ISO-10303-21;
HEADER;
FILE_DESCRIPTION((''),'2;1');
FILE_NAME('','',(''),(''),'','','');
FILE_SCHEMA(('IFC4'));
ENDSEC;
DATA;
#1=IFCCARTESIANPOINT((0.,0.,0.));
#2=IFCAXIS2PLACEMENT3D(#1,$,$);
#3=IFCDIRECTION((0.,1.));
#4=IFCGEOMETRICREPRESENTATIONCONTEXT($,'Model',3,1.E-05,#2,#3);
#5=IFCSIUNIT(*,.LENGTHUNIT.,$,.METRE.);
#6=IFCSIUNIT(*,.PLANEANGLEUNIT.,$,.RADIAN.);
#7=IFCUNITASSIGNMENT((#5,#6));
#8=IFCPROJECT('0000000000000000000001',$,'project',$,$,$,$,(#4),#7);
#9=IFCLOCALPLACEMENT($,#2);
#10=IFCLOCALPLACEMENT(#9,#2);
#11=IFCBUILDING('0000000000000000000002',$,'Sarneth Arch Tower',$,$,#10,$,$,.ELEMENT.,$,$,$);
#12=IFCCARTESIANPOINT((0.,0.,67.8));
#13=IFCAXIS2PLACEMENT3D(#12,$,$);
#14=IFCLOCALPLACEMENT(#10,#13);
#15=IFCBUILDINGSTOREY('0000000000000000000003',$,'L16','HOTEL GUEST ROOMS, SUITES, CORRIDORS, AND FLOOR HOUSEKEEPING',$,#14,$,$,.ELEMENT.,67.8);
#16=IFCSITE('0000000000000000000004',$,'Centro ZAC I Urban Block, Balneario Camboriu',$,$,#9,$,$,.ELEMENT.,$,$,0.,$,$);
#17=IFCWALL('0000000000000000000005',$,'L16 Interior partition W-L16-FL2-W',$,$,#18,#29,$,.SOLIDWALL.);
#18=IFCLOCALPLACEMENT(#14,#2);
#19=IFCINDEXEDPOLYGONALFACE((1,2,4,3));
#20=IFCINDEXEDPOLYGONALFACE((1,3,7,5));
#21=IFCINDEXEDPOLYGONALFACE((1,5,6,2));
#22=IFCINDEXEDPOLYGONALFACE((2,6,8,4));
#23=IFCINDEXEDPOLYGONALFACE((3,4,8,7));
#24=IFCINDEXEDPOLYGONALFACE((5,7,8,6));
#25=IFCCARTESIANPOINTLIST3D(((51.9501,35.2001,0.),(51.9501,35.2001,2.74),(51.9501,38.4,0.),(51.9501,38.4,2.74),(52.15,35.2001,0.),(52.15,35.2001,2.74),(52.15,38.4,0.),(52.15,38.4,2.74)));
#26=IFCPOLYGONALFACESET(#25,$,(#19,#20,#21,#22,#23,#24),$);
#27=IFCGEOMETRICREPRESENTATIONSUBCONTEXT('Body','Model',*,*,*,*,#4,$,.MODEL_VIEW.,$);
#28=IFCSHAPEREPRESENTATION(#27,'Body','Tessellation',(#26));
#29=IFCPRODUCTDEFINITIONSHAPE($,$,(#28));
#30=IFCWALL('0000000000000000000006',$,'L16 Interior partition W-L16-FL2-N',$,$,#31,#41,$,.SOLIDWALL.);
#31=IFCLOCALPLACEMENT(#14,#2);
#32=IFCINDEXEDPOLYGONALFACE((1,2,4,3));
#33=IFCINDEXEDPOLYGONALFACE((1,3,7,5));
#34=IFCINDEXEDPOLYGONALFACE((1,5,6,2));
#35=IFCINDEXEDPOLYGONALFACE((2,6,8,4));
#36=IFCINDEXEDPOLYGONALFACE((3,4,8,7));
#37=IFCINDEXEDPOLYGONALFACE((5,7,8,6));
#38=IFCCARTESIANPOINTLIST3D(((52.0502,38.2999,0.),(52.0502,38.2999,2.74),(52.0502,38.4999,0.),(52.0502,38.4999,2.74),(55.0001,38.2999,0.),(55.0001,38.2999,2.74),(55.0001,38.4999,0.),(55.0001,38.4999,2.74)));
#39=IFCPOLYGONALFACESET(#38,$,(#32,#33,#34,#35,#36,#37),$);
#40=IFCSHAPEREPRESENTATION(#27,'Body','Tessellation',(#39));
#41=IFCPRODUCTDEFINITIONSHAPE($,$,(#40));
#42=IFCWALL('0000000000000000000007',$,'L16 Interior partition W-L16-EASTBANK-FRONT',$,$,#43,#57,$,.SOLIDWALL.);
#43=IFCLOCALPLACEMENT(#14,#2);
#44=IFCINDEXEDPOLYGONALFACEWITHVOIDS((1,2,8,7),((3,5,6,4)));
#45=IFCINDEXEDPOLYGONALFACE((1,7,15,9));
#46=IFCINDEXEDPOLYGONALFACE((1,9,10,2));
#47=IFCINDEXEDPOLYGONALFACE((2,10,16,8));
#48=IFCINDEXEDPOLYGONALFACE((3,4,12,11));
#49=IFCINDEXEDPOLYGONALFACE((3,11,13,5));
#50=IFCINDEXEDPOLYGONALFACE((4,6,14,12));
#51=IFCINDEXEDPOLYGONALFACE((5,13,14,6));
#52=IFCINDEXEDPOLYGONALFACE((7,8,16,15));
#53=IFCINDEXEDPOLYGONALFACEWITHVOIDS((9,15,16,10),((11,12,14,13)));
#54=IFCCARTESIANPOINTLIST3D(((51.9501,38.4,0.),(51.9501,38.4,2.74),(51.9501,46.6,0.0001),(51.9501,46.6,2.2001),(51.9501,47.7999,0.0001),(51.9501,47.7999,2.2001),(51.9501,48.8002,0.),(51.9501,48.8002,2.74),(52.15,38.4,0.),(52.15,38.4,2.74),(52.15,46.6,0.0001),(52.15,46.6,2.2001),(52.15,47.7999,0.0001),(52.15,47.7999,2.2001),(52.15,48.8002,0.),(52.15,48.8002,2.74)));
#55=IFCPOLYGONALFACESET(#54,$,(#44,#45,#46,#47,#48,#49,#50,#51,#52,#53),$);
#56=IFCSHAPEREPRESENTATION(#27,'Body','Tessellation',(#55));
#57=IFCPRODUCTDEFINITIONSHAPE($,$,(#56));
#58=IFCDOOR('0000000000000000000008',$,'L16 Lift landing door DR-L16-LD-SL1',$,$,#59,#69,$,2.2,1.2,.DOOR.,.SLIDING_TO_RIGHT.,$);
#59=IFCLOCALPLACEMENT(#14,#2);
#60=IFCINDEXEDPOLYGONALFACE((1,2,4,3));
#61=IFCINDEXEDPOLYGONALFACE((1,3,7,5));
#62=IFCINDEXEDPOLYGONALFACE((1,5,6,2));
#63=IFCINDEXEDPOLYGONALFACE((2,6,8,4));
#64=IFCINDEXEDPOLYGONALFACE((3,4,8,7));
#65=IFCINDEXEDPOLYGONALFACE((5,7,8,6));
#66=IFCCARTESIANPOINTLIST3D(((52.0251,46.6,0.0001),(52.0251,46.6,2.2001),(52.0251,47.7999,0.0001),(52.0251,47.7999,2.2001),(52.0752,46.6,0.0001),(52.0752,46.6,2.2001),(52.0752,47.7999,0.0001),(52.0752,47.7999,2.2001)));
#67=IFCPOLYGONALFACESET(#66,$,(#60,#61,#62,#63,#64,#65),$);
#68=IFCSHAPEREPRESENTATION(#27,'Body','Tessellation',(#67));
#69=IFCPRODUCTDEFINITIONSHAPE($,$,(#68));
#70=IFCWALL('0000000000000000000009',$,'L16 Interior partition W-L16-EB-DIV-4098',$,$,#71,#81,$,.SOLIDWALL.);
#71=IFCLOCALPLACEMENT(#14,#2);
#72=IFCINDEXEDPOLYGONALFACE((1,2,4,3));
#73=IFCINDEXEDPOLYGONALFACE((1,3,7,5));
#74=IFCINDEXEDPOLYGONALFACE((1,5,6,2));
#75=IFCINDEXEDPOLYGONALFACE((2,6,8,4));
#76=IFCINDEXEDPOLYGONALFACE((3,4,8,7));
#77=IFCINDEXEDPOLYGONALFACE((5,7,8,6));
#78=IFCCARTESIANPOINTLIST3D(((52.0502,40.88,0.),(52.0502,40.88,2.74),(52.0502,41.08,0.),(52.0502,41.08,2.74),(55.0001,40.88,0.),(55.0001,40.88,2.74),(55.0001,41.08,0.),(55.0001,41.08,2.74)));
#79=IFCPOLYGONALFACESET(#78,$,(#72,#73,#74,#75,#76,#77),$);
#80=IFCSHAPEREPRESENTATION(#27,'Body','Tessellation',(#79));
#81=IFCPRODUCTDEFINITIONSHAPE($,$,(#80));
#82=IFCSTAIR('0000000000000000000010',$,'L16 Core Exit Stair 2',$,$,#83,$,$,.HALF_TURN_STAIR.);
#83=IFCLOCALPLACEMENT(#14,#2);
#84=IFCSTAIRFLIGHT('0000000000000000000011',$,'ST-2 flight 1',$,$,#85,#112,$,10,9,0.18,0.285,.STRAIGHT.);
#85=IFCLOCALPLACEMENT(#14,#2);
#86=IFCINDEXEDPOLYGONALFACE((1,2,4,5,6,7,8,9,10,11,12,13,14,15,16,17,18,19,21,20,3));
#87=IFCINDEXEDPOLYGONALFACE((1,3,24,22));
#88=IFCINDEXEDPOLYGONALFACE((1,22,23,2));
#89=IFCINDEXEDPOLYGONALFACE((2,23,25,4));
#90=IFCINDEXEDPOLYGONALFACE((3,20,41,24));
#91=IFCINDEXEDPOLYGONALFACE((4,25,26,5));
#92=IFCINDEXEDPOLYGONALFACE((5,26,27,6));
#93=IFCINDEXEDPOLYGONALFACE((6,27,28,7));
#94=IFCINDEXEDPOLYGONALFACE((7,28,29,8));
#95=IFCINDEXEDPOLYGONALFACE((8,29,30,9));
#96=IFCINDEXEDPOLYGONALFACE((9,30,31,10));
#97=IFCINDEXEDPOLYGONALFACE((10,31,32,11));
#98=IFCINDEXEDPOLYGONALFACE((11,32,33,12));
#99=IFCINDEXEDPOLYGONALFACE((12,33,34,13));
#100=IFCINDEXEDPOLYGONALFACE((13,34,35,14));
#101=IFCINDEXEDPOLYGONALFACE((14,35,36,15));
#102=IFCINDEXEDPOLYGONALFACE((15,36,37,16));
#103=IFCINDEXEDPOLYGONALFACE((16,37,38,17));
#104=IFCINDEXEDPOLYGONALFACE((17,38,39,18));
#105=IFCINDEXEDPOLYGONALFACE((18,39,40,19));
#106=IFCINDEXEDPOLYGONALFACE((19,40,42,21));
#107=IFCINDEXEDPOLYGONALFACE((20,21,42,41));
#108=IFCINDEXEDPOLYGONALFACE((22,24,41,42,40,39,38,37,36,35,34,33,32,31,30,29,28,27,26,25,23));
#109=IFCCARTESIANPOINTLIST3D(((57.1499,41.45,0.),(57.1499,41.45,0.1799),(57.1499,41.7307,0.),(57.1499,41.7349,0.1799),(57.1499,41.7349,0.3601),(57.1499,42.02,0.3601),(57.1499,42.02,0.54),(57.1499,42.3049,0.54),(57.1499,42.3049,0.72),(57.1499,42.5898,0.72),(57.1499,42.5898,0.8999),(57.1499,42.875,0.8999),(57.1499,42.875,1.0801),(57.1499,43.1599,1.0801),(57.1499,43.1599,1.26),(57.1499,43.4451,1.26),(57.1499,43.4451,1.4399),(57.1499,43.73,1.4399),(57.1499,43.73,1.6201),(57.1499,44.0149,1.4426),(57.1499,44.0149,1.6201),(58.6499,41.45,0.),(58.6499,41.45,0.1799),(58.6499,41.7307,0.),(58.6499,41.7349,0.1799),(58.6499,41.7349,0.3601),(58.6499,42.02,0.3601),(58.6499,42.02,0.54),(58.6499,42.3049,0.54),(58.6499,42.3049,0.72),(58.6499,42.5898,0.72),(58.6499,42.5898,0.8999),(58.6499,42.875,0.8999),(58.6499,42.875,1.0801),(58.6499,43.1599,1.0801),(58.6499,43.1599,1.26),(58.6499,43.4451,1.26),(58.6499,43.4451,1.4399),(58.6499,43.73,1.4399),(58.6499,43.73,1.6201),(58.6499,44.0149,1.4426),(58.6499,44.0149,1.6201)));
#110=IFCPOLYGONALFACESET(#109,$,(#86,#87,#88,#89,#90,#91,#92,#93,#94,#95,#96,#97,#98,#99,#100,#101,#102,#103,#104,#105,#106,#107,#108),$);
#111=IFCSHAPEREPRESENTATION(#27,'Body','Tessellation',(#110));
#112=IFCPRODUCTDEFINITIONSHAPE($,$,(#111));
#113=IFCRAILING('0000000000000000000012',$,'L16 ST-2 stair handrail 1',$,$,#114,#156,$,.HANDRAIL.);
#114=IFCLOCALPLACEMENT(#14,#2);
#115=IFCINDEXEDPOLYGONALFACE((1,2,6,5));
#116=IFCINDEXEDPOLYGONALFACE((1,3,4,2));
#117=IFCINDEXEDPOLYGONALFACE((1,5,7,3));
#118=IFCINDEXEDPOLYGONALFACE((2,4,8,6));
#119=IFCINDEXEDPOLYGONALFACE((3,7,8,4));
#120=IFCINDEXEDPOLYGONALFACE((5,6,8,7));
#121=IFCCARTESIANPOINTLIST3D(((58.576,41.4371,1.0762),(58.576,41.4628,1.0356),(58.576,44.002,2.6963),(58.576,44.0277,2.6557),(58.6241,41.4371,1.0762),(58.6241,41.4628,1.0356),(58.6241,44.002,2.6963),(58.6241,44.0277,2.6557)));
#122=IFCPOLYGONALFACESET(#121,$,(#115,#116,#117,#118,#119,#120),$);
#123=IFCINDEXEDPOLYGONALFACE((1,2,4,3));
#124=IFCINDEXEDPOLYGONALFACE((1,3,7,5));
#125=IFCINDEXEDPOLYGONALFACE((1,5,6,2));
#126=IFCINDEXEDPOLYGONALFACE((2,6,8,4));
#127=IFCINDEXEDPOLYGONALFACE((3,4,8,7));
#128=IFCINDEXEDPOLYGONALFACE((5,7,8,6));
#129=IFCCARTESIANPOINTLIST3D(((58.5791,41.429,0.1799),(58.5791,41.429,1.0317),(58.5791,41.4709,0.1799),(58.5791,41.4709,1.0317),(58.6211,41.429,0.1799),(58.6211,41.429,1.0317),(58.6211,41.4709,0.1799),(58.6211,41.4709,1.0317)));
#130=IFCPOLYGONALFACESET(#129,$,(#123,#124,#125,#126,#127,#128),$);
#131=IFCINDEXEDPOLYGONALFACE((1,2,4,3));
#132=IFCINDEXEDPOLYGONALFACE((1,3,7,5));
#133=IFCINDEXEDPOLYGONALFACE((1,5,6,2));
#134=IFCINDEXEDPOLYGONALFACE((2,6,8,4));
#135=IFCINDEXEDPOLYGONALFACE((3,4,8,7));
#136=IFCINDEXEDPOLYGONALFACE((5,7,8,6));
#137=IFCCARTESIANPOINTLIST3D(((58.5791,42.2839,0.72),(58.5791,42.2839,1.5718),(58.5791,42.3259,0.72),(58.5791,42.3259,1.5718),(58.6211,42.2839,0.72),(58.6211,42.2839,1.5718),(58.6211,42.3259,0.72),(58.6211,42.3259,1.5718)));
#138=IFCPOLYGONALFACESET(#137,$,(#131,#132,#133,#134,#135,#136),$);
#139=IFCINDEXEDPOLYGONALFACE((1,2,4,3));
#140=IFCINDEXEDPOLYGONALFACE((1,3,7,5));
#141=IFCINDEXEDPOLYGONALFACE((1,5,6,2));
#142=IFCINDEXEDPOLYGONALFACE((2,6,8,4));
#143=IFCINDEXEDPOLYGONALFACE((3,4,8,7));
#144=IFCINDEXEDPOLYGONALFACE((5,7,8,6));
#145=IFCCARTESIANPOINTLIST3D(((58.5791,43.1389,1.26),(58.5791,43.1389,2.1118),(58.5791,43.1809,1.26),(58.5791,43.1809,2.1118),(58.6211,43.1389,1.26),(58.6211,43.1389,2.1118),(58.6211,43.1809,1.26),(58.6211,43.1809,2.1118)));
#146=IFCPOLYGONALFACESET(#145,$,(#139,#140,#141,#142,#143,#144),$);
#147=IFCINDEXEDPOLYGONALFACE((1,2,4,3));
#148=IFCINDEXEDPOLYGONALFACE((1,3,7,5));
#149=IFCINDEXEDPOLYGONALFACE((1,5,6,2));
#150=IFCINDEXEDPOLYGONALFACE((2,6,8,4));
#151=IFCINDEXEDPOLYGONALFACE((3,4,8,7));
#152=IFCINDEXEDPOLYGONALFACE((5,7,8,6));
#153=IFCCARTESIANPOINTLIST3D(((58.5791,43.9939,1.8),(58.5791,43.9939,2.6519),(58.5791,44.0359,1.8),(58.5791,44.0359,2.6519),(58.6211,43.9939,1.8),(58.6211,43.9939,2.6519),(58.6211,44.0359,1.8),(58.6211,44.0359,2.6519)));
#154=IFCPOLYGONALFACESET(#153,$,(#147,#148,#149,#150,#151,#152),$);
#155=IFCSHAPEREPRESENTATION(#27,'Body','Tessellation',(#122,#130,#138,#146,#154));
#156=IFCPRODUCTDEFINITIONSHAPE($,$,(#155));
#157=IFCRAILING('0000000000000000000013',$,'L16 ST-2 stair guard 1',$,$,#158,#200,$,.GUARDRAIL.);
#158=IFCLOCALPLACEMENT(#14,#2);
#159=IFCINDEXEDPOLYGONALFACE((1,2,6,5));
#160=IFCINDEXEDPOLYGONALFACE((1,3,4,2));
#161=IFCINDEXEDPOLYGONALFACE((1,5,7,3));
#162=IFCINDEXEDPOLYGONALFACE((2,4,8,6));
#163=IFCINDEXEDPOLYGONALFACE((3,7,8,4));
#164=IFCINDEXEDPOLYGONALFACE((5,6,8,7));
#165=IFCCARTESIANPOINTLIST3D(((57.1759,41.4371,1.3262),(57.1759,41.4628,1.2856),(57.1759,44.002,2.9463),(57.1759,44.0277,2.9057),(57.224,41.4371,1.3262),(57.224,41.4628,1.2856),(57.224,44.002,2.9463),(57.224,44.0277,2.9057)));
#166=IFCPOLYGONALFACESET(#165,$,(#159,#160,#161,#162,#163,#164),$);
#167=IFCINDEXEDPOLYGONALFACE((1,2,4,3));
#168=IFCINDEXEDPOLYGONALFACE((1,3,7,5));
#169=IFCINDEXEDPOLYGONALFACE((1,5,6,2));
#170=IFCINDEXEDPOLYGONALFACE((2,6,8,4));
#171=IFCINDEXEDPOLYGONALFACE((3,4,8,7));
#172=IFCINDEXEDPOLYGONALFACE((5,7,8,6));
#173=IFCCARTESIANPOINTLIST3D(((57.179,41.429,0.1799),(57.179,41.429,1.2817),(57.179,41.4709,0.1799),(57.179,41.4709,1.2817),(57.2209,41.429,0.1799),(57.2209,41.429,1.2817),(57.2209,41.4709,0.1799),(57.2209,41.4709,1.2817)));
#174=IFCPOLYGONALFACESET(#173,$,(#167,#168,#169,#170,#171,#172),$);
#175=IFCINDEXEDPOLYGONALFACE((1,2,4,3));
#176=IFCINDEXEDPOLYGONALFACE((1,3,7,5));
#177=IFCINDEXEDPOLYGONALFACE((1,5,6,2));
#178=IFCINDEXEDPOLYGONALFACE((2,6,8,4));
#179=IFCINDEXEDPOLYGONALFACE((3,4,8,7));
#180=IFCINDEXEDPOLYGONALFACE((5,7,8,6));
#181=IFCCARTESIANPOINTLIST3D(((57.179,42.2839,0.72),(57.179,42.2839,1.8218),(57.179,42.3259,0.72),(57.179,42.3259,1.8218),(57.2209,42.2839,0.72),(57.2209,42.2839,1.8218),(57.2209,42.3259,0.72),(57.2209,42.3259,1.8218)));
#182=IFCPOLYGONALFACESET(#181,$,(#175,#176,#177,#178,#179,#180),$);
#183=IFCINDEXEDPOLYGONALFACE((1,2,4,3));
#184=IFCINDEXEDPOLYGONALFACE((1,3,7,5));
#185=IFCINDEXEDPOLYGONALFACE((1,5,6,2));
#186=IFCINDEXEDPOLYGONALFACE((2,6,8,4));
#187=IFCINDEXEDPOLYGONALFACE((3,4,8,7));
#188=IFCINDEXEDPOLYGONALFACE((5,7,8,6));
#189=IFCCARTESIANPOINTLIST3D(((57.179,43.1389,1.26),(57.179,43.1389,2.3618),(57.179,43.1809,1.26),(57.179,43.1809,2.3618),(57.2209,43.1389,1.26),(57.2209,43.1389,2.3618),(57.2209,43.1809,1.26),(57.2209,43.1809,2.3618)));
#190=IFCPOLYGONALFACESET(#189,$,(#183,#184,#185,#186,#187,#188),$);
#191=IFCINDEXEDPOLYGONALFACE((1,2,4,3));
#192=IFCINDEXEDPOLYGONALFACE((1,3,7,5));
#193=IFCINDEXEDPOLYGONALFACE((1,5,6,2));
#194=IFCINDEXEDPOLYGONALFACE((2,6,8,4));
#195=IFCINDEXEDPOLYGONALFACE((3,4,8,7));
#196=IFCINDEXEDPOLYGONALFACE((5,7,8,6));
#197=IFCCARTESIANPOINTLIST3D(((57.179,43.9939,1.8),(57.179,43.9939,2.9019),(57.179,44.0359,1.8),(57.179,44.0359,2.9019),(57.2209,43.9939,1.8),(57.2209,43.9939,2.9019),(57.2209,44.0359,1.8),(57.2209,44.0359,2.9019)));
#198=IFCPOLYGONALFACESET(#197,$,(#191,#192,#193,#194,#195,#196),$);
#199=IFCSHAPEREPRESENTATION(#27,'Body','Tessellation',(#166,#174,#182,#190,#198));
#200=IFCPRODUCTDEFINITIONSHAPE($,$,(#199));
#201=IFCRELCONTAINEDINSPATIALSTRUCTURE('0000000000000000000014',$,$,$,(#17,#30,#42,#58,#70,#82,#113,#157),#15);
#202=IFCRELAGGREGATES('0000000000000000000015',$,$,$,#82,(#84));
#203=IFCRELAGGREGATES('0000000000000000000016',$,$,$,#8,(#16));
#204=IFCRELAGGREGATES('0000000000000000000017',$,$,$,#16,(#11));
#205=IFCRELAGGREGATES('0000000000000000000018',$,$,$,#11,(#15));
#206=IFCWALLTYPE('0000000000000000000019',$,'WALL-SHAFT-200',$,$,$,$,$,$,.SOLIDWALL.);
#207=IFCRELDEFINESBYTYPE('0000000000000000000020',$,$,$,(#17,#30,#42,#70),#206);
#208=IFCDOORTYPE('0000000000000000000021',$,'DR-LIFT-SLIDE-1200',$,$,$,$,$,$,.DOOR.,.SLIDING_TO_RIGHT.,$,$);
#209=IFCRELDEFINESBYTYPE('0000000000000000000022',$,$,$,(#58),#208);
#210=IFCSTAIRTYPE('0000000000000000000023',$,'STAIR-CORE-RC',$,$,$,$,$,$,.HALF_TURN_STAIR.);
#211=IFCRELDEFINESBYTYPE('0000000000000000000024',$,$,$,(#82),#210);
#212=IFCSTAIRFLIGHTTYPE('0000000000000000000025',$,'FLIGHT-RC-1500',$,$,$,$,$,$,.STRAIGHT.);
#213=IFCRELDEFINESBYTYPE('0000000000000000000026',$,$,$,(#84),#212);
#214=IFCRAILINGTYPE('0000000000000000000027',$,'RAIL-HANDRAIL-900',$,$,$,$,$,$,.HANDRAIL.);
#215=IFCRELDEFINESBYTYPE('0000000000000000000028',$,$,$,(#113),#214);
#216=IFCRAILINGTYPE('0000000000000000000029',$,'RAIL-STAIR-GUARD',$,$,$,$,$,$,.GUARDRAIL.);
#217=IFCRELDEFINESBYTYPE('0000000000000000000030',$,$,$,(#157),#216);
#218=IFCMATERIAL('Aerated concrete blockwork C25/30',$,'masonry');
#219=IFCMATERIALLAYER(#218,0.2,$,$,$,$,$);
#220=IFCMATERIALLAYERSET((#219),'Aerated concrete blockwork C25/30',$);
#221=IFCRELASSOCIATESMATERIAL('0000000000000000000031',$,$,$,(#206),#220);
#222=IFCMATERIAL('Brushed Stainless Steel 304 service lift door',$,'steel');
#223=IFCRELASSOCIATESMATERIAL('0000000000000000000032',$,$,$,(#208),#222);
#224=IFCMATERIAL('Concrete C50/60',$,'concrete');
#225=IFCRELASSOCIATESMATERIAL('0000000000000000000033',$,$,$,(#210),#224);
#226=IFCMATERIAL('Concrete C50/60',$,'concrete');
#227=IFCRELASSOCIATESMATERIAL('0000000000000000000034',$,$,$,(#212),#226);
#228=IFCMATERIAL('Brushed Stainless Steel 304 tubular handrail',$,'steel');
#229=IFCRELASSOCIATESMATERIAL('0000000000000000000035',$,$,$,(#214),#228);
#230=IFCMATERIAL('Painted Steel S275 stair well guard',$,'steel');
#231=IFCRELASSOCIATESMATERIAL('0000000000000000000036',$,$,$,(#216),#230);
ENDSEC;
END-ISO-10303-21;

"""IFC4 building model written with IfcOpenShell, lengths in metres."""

from ifc_helpers import new_model, si_unit, direction, frame, frame_2d, origin, origin_2d, place, context, subcontext, project, spatial, polyline, rectangle, outline, extrude, material, layer, layer_set, type_object, element, fill, aggregate, save


model = new_model("IFC4")

# Units and contexts
model_context = context("Model", 3, precision=1e-05, world=origin(), true_north=direction((0.0, 1.0)))
body_context = subcontext(model_context, "Body", "Model", "MODEL_VIEW")
ifc_project = project(units=[si_unit("LENGTHUNIT", "METRE"), si_unit("PLANEANGLEUNIT", "RADIAN")], contexts=[model_context])

# Site, building, storey
site_placement = place(None, origin())
site = spatial("IfcSite", under=ifc_project, at=site_placement, Name="Centro ZAC I Urban Block, Balneario Camboriu", CompositionType="ELEMENT", RefElevation=0.0)
building_placement = place(site_placement, origin())
building = spatial("IfcBuilding", under=site, at=building_placement, Name="Sarneth Arch Tower", CompositionType="ELEMENT")
storey_placement = place(building_placement, frame((0.0, 0.0, 67.8)))
storey = spatial("IfcBuildingStorey", under=building, at=storey_placement, Name="L16", Description="HOTEL GUEST ROOMS, SUITES, CORRIDORS, AND FLOOR HOUSEKEEPING", CompositionType="ELEMENT", Elevation=67.8)

# Shared definitions
ifc_material_1 = material(Name="Aerated concrete blockwork C25/30", Category="masonry")
ifc_layer_1 = layer(ifc_material_1, 0.2)
ifc_layer_set_1 = layer_set([ifc_layer_1], Name="Aerated concrete blockwork C25/30")
wall_type_1 = type_object("IfcWallType", Name="WALL-SHAFT-200", PredefinedType="SOLIDWALL", material=ifc_layer_set_1)

# Walls
wall_1_placement = place(storey_placement, frame((52.05, 35.2, 0.0), z_axis=(0.0, 0.0, 1.0), x_axis=(0.0, 1.0, 0.0)))
element("IfcWall", 1, at=wall_1_placement, inside=storey, type_object=wall_type_1, Name="L16 Interior partition W-L16-FL2-W", PredefinedType="SOLIDWALL", context=body_context, shape_type="SweptSolid", body=[
    extrude(rectangle(XDim=3.2, YDim=0.2, at=frame_2d((1.6001, 0.0))), origin(), (0.0, 0.0, 1.0), 2.74),
])
wall_2_placement = place(storey_placement, frame((52.05, 38.3999, 0.0), z_axis=(0.0, 0.0, 1.0), x_axis=(1.0, 0.0, 0.0)))
element("IfcWall", 2, at=wall_2_placement, inside=storey, type_object=wall_type_1, Name="L16 Interior partition W-L16-FL2-N", PredefinedType="SOLIDWALL", context=body_context, shape_type="SweptSolid", body=[
    extrude(rectangle(XDim=2.95, YDim=0.2, at=frame_2d((1.4751, 0.0))), origin(), (0.0, 0.0, 1.0), 2.74),
])

# Wall, opening, door
wall_3_placement = place(storey_placement, frame((52.05, 38.3999, 0.0), z_axis=(0.0, 0.0, 1.0), x_axis=(0.0, 1.0, 0.0)))
wall_3 = element("IfcWall", 3, at=wall_3_placement, inside=storey, type_object=wall_type_1, Name="L16 Interior partition W-L16-EASTBANK-FRONT", PredefinedType="SOLIDWALL", context=body_context, shape_type="SweptSolid", body=[
    extrude(rectangle(XDim=10.4001, YDim=0.2, at=frame_2d((5.2002, 0.0))), origin(), (0.0, 0.0, 1.0), 2.74),
])
opening_1_placement = place(wall_3_placement, frame((8.2, 0.0, 0.0)))
opening_1 = element("IfcOpeningElement", 4, at=opening_1_placement, cuts=wall_3, PredefinedType="OPENING", context=body_context, shape_type="SweptSolid", body=[
    extrude(rectangle(XDim=1.2, YDim=2.2, at=frame_2d((0.6001, 1.1001))), frame((0.0, 0.1099, 0.0), z_axis=(0.0, -1.0, 0.0), x_axis=(1.0, 0.0, 0.0)), (0.0, 0.0, 1.0), 0.22),
])
ifc_material_2 = material(Name="Brushed Stainless Steel 304 service lift door", Category="steel")
door_type_1 = type_object("IfcDoorType", Name="DR-LIFT-SLIDE-1200", OperationType="SLIDING_TO_RIGHT", PredefinedType="DOOR", material=ifc_material_2)
door_1_placement = place(opening_1_placement, origin())
door_1 = element("IfcDoor", 5, at=door_1_placement, inside=storey, type_object=door_type_1, Name="L16 Lift landing door DR-L16-LD-SL1", OperationType="SLIDING_TO_RIGHT", OverallHeight=2.2, OverallWidth=1.2, PredefinedType="DOOR", context=body_context, shape_type="SweptSolid", body=[
    extrude(rectangle(XDim=1.2, YDim=2.2, at=frame_2d((0.6001, 1.1001))), frame((0.0, 0.0249, 0.0), z_axis=(0.0, -1.0, 0.0), x_axis=(1.0, 0.0, 0.0)), (0.0, 0.0, 1.0), 0.05),
])
fill(opening_1, door_1)

# Wall
wall_4_placement = place(storey_placement, frame((52.05, 40.98, 0.0), z_axis=(0.0, 0.0, 1.0), x_axis=(1.0, 0.0, 0.0)))
element("IfcWall", 6, at=wall_4_placement, inside=storey, type_object=wall_type_1, Name="L16 Interior partition W-L16-EB-DIV-4098", PredefinedType="SOLIDWALL", context=body_context, shape_type="SweptSolid", body=[
    extrude(rectangle(XDim=2.95, YDim=0.2, at=frame_2d((1.4751, 0.0))), origin(), (0.0, 0.0, 1.0), 2.74),
])

# Stair, stair flight
ifc_material_3 = material(Name="Concrete C50/60", Category="concrete")
stair_type = type_object("IfcStairType", Name="STAIR-CORE-RC", PredefinedType="HALF_TURN_STAIR", material=ifc_material_3)
stair_placement = place(storey_placement, origin())
stair = element("IfcStair", 7, at=stair_placement, inside=storey, type_object=stair_type, Name="L16 Core Exit Stair 2", PredefinedType="HALF_TURN_STAIR")
ifc_material_4 = material(Name="Concrete C50/60", Category="concrete")
stair_flight_type = type_object("IfcStairFlightType", Name="FLIGHT-RC-1500", PredefinedType="STRAIGHT", material=ifc_material_4)
stair_flight_placement = place(storey_placement, frame((57.8999, 41.45, 0.0), z_axis=(0.0, 0.0, 1.0), x_axis=(0.0, 1.0, 0.0)))
stair_flight = element("IfcStairFlight", 8, at=stair_flight_placement, type_object=stair_flight_type, Name="ST-2 flight 1", NumberOfRisers=10, NumberOfTreads=9, PredefinedType="STRAIGHT", RiserHeight=0.18, TreadLength=0.285, context=body_context, shape_type="SweptSolid", body=[
    extrude(outline(polyline([(0.0, 0.0), (0.0, 0.1799), (0.2849, 0.1799), (0.2849, 0.3601), (0.5701, 0.3601), (0.5701, 0.54), (0.855, 0.54), (0.855, 0.72), (1.1399, 0.72), (1.1399, 0.8999), (1.425, 0.8999), (1.425, 1.0801), (1.71, 1.0801), (1.71, 1.26), (1.9951, 1.26), (1.9951, 1.4399), (2.28, 1.4399), (2.28, 1.6201), (2.5649, 1.6201), (2.5649, 1.8), (2.5649, 1.4426), (0.2808, 0.0), (0.0, 0.0)])), frame((0.0, 0.75, 0.0), z_axis=(0.0, -1.0, 0.0), x_axis=(1.0, 0.0, 0.0)), (0.0, 0.0, 1.0), 1.5),
])
aggregate(stair, [stair_flight])

# Railings
ifc_material_5 = material(Name="Brushed Stainless Steel 304 tubular handrail", Category="steel")
railing_type_1 = type_object("IfcRailingType", Name="RAIL-HANDRAIL-900", PredefinedType="HANDRAIL", material=ifc_material_5)
railing_1_placement = place(storey_placement, frame((58.6001, 41.45, 0.1799)))
element("IfcRailing", 9, at=railing_1_placement, inside=storey, type_object=railing_type_1, Name="L16 ST-2 stair handrail 1", PredefinedType="HANDRAIL", context=body_context, shape_type="SweptSolid", body=[
    extrude(rectangle(XDim=0.0481, YDim=0.0481, at=origin_2d()), frame((0.0, 0.0, 0.876), z_axis=(0.0, 0.845466, 0.534029), x_axis=(-1.0, 0.0, 0.0)), (0.0, 0.0, 1.0), 3.0337),
    extrude(rectangle(XDim=0.042, YDim=0.042, at=origin_2d()), origin(), (0.0, 0.0, 1.0), 0.8518),
    extrude(rectangle(XDim=0.042, YDim=0.042, at=origin_2d()), frame((0.0, 0.855, 0.54)), (0.0, 0.0, 1.0), 0.8518),
    extrude(rectangle(XDim=0.042, YDim=0.042, at=origin_2d()), frame((0.0, 1.71, 1.0801)), (0.0, 0.0, 1.0), 0.8518),
    extrude(rectangle(XDim=0.042, YDim=0.042, at=origin_2d()), frame((0.0, 2.5649, 1.6201)), (0.0, 0.0, 1.0), 0.8518),
])
ifc_material_6 = material(Name="Painted Steel S275 stair well guard", Category="steel")
railing_type_2 = type_object("IfcRailingType", Name="RAIL-STAIR-GUARD", PredefinedType="GUARDRAIL", material=ifc_material_6)
railing_2_placement = place(storey_placement, frame((57.2, 41.45, 0.1799)))
element("IfcRailing", 10, at=railing_2_placement, inside=storey, type_object=railing_type_2, Name="L16 ST-2 stair guard 1", PredefinedType="GUARDRAIL", context=body_context, shape_type="SweptSolid", body=[
    extrude(rectangle(XDim=0.0481, YDim=0.0481, at=origin_2d()), frame((0.0, 0.0, 1.126), z_axis=(0.0, 0.845466, 0.534029), x_axis=(-1.0, 0.0, 0.0)), (0.0, 0.0, 1.0), 3.0337),
    extrude(rectangle(XDim=0.042, YDim=0.042, at=origin_2d()), origin(), (0.0, 0.0, 1.0), 1.1018),
    extrude(rectangle(XDim=0.042, YDim=0.042, at=origin_2d()), frame((0.0, 0.855, 0.54)), (0.0, 0.0, 1.0), 1.1018),
    extrude(rectangle(XDim=0.042, YDim=0.042, at=origin_2d()), frame((0.0, 1.71, 1.0801)), (0.0, 0.0, 1.0), 1.1018),
    extrude(rectangle(XDim=0.042, YDim=0.042, at=origin_2d()), frame((0.0, 2.5649, 1.6201)), (0.0, 0.0, 1.0), 1.1018),
])

save(model, "model.ifc")
